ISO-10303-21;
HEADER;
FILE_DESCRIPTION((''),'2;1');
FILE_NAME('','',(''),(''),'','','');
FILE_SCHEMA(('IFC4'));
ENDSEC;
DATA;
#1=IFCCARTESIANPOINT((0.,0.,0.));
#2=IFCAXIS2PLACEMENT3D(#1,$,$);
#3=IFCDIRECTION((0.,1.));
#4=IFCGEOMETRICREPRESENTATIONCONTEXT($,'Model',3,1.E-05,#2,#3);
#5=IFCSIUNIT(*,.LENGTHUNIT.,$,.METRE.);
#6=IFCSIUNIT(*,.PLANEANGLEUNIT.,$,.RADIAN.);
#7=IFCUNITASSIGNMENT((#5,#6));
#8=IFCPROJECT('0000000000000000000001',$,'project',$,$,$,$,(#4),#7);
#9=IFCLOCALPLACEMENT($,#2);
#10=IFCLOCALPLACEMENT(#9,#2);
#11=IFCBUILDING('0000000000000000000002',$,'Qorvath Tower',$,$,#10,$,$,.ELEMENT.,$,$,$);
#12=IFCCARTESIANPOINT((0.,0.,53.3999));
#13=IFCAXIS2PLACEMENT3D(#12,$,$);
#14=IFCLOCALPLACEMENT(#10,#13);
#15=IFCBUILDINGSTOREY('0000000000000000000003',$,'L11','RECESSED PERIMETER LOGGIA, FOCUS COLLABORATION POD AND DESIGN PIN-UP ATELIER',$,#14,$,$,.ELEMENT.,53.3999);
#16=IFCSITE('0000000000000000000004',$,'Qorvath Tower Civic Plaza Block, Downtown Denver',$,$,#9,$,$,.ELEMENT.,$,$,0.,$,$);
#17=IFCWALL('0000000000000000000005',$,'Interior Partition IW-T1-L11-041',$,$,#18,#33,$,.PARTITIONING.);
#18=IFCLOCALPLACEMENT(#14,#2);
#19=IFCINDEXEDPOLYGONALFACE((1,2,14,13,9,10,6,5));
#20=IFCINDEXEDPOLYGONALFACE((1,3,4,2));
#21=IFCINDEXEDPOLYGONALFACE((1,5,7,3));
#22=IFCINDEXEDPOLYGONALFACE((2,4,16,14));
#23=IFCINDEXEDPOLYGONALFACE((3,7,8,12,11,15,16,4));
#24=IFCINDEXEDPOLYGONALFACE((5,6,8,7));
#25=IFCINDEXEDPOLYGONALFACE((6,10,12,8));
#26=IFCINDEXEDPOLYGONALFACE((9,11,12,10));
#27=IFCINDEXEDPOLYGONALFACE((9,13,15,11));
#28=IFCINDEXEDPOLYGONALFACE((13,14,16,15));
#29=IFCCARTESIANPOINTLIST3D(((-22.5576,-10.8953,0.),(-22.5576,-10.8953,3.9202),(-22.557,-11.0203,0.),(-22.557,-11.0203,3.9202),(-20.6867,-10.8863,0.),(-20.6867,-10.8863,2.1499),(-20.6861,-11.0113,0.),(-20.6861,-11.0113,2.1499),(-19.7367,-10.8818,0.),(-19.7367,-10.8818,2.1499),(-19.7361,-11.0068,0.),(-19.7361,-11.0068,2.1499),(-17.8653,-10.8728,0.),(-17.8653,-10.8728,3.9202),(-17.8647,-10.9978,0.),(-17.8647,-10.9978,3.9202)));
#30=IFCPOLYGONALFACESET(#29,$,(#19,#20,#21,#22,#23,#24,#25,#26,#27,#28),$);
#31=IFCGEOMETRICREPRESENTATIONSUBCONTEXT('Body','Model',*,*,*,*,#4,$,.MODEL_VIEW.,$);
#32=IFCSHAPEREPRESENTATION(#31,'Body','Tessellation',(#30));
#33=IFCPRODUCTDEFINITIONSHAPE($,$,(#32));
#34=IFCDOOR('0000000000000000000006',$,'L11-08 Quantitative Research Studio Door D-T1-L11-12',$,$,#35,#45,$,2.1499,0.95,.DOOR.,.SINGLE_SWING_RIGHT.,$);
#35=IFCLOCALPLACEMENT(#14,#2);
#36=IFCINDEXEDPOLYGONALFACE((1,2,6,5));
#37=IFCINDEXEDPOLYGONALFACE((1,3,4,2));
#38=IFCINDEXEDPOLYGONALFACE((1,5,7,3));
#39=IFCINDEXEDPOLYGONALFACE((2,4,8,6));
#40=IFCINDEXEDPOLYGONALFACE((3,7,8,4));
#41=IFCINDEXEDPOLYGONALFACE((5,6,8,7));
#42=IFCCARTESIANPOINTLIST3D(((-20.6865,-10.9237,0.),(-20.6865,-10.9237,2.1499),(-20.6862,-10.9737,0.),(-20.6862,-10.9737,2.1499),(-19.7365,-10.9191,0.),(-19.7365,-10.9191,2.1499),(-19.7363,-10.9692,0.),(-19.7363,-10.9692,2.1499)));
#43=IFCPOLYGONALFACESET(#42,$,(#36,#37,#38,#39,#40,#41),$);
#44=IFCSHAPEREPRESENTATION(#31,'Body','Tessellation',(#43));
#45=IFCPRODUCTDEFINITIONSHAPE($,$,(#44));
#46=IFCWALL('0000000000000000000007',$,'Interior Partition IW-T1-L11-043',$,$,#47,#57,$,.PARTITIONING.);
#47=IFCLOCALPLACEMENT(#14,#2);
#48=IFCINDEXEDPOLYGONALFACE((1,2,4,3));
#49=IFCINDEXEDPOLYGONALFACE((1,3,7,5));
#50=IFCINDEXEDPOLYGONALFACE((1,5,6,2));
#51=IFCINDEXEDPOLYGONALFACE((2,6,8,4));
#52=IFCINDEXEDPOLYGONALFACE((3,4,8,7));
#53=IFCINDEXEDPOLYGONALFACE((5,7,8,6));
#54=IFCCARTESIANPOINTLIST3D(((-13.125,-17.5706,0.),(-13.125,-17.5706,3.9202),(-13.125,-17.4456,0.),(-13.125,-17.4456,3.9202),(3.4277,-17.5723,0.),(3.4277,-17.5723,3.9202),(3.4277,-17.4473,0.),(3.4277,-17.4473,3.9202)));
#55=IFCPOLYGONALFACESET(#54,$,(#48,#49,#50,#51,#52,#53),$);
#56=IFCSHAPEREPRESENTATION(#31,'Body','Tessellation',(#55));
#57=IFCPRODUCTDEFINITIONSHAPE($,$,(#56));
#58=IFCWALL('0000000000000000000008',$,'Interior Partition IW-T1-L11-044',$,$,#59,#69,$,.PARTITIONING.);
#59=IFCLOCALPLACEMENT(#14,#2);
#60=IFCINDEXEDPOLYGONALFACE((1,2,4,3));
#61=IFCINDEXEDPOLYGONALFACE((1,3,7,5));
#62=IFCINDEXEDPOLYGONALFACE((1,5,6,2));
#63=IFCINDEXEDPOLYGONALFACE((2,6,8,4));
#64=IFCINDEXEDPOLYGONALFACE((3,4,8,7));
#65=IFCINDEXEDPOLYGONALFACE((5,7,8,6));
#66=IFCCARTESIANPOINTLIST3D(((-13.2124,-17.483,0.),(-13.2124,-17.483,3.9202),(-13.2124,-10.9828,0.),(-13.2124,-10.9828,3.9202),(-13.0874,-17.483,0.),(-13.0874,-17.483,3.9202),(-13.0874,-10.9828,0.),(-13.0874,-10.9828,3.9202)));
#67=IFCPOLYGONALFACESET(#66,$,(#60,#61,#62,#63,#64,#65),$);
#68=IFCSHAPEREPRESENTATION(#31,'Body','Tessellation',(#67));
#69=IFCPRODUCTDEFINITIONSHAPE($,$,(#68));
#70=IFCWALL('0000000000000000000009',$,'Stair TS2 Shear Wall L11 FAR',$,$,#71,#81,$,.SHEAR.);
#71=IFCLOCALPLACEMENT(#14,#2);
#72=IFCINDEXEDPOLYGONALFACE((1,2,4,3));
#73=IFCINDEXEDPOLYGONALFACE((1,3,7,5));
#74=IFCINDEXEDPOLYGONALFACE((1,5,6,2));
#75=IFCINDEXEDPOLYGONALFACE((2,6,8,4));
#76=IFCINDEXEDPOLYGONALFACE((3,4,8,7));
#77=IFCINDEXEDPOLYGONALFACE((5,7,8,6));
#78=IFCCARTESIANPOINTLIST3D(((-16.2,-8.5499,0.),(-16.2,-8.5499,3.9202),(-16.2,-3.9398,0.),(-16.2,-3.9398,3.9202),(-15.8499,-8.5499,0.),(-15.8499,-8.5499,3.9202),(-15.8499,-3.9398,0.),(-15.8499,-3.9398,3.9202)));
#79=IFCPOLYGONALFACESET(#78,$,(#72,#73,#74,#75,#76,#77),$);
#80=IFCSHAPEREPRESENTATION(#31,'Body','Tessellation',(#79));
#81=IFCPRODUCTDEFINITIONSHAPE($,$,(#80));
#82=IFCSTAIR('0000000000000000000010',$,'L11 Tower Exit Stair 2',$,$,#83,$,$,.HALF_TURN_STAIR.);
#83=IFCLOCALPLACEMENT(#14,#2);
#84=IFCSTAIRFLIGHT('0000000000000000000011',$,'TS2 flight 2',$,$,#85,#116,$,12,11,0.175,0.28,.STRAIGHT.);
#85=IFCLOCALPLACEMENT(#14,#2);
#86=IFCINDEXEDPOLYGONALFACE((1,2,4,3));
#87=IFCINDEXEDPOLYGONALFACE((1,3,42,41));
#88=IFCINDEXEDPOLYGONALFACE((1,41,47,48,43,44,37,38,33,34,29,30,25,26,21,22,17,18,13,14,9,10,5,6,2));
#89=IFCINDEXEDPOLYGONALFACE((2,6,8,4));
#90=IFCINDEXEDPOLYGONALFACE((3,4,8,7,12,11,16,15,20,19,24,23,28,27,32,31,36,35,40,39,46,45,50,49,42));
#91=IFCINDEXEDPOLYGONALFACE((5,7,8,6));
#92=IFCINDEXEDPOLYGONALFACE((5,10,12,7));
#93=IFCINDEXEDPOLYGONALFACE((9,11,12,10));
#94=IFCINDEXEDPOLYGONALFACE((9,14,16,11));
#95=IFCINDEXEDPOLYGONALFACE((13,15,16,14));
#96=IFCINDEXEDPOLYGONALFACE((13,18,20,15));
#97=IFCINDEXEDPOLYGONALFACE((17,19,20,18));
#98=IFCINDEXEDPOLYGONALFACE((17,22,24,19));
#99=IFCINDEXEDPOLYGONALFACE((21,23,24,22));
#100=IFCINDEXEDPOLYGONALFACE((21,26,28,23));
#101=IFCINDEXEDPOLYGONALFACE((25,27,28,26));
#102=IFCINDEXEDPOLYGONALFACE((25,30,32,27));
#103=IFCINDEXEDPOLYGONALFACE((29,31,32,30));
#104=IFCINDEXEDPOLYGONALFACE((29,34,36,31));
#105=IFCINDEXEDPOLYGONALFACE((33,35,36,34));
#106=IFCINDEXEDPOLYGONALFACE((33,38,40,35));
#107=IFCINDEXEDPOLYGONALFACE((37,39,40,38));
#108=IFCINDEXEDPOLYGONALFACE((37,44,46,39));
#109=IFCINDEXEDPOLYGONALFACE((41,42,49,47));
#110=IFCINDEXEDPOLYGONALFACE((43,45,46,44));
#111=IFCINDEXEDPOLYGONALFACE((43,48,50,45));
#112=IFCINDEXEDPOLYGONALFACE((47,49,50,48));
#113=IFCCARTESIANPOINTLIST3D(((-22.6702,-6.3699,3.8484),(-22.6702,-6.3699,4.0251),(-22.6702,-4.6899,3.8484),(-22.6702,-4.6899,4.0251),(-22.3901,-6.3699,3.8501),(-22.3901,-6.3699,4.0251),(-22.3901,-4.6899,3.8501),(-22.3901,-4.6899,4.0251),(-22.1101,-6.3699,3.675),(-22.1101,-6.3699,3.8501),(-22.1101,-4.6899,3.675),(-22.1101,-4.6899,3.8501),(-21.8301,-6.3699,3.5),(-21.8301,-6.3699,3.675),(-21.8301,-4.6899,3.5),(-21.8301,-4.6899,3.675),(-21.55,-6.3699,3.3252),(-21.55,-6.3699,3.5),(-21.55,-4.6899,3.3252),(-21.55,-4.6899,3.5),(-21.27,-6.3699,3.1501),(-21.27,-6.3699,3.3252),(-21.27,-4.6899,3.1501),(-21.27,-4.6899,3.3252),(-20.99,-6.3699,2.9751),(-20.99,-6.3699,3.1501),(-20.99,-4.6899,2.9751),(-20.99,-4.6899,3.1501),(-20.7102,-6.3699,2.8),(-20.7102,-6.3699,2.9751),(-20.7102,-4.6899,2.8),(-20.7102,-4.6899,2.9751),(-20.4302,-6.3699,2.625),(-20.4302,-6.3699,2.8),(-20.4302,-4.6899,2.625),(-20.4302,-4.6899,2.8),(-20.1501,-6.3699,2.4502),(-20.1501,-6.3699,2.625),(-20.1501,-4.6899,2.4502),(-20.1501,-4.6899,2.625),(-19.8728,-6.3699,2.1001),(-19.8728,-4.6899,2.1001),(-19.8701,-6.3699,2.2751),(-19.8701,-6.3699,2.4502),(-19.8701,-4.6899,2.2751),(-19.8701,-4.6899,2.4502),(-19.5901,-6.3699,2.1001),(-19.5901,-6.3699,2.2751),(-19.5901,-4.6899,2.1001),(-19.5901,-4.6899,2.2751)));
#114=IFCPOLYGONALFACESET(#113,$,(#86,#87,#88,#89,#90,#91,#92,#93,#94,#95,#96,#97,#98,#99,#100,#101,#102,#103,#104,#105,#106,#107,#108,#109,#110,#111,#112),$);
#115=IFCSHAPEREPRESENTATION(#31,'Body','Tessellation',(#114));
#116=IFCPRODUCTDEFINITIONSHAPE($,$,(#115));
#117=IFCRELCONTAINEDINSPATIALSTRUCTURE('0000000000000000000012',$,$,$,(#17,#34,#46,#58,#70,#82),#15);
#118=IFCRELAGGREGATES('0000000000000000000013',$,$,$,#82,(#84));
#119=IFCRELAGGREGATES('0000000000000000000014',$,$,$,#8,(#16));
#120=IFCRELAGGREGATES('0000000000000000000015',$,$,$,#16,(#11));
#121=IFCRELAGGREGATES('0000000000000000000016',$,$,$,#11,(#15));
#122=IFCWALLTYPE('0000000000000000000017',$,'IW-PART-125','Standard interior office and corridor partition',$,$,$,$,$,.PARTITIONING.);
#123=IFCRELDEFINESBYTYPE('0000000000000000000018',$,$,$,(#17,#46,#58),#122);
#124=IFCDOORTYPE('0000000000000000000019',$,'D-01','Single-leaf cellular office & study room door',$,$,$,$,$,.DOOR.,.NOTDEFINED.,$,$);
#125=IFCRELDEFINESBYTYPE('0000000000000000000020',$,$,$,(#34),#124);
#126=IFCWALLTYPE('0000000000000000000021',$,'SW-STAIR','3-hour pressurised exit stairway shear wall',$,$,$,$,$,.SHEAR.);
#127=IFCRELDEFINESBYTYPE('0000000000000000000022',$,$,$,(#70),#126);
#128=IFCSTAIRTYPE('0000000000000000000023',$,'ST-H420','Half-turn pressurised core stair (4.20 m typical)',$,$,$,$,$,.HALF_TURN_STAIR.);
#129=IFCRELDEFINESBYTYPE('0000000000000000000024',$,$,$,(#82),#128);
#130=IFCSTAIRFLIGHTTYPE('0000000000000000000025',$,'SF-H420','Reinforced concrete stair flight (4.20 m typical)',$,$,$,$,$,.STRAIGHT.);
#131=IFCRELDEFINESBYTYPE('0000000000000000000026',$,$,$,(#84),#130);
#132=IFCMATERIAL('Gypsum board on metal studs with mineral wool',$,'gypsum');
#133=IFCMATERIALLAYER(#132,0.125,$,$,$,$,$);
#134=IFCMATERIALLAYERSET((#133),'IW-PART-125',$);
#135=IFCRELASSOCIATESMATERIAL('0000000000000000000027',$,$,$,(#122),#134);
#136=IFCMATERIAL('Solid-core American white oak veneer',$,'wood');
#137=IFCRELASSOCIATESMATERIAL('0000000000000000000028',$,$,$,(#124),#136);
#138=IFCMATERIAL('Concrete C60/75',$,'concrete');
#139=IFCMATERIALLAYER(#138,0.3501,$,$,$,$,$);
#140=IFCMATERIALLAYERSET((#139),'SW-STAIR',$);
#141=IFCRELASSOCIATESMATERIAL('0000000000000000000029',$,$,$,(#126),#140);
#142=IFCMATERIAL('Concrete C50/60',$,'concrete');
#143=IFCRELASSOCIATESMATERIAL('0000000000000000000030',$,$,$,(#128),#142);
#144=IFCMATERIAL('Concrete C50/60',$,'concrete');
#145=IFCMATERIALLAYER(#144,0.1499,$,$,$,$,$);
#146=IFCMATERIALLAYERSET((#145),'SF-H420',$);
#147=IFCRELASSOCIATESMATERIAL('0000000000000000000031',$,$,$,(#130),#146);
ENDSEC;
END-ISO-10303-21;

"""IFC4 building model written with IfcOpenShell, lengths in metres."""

from ifc_helpers import new_model, si_unit, direction, frame, frame_2d, origin, place, context, subcontext, project, spatial, polyline, rectangle, outline, extrude, material, layer, layer_set, type_object, element, fill, aggregate, save


model = new_model("IFC4")

# Units and contexts
model_context = context("Model", 3, precision=1e-05, world=origin(), true_north=direction((0.0, 1.0)))
body_context = subcontext(model_context, "Body", "Model", "MODEL_VIEW")
ifc_project = project(units=[si_unit("LENGTHUNIT", "METRE"), si_unit("PLANEANGLEUNIT", "RADIAN")], contexts=[model_context])

# Site, building, storey
site_placement = place(None, origin())
site = spatial("IfcSite", under=ifc_project, at=site_placement, Name="Qorvath Tower Civic Plaza Block, Downtown Denver", CompositionType="ELEMENT", RefElevation=0.0)
building_placement = place(site_placement, origin())
building = spatial("IfcBuilding", under=site, at=building_placement, Name="Qorvath Tower", CompositionType="ELEMENT")
storey_placement = place(building_placement, frame((0.0, 0.0, 53.3999)))
storey = spatial("IfcBuildingStorey", under=building, at=storey_placement, Name="L11", Description="RECESSED PERIMETER LOGGIA, FOCUS COLLABORATION POD AND DESIGN PIN-UP ATELIER", CompositionType="ELEMENT", Elevation=53.3999)

# Wall, opening, door
ifc_material_1 = material(Name="Gypsum board on metal studs with mineral wool", Category="gypsum")
ifc_layer_1 = layer(ifc_material_1, 0.125)
ifc_layer_set_1 = layer_set([ifc_layer_1], Name="IW-PART-125")
wall_type_1 = type_object("IfcWallType", Name="IW-PART-125", Description="Standard interior office and corridor partition", PredefinedType="PARTITIONING", material=ifc_layer_set_1)
wall_1_placement = place(storey_placement, frame((-17.865, -10.9353, 0.0), z_axis=(0.0, 0.0, 1.0), x_axis=(-0.999989, -0.004787, 0.0)))
wall_1 = element("IfcWall", 1, at=wall_1_placement, inside=storey, type_object=wall_type_1, Name="Interior Partition IW-T1-L11-041", PredefinedType="PARTITIONING", context=body_context, shape_type="SweptSolid", body=[
    extrude(rectangle(XDim=4.6924, YDim=0.125, at=frame_2d((2.3462, 0.0))), origin(), (0.0, 0.0, 1.0), 3.9202),
])
opening_1_placement = place(wall_1_placement, frame((1.8713, 0.0, 0.0)))
opening_1 = element("IfcOpeningElement", 2, at=opening_1_placement, cuts=wall_1, PredefinedType="OPENING", context=body_context, shape_type="SweptSolid", body=[
    extrude(rectangle(XDim=0.95, YDim=2.1499, at=frame_2d((0.4751, 1.075))), frame((0.0, 0.0725, 0.0), z_axis=(0.0, -1.0, 0.0), x_axis=(1.0, 0.0, 0.0)), (0.0, 0.0, 1.0), 0.145),
])
ifc_material_2 = material(Name="Solid-core American white oak veneer", Category="wood")
door_type = type_object("IfcDoorType", Name="D-01", Description="Single-leaf cellular office & study room door", OperationType="NOTDEFINED", PredefinedType="DOOR", material=ifc_material_2)
door_1_placement = place(opening_1_placement, origin())
door_1 = element("IfcDoor", 3, at=door_1_placement, inside=storey, type_object=door_type, Name="L11-08 Quantitative Research Studio Door D-T1-L11-12", OperationType="SINGLE_SWING_RIGHT", OverallHeight=2.1499, OverallWidth=0.95, PredefinedType="DOOR", context=body_context, shape_type="SweptSolid", body=[
    extrude(rectangle(XDim=0.95, YDim=2.1499, at=frame_2d((0.4751, 1.075))), frame((0.0, 0.0249, 0.0), z_axis=(0.0, -1.0, 0.0), x_axis=(1.0, 0.0, 0.0)), (0.0, 0.0, 1.0), 0.05),
])
fill(opening_1, door_1)

# Walls
wall_2_placement = place(storey_placement, frame((3.4277, -17.5098, 0.0), z_axis=(0.0, 0.0, 1.0), x_axis=(-1.0, 0.000103, 0.0)))
element("IfcWall", 4, at=wall_2_placement, inside=storey, type_object=wall_type_1, Name="Interior Partition IW-T1-L11-043", PredefinedType="PARTITIONING", context=body_context, shape_type="SweptSolid", body=[
    extrude(rectangle(XDim=16.5527, YDim=0.125, at=frame_2d((8.2764, 0.0))), origin(), (0.0, 0.0, 1.0), 3.9202),
])
wall_3_placement = place(storey_placement, frame((-13.1499, -10.9829, 0.0), z_axis=(0.0, 0.0, 1.0), x_axis=(0.0, -1.0, 0.0)))
element("IfcWall", 5, at=wall_3_placement, inside=storey, type_object=wall_type_1, Name="Interior Partition IW-T1-L11-044", PredefinedType="PARTITIONING", context=body_context, shape_type="SweptSolid", body=[
    extrude(rectangle(XDim=6.5002, YDim=0.125, at=frame_2d((3.25, 0.0))), origin(), (0.0, 0.0, 1.0), 3.9202),
])

# Wall
ifc_material_3 = material(Name="Concrete C60/75", Category="concrete")
ifc_layer_2 = layer(ifc_material_3, 0.3501)
ifc_layer_set_2 = layer_set([ifc_layer_2], Name="SW-STAIR")
wall_type_2 = type_object("IfcWallType", Name="SW-STAIR", Description="3-hour pressurised exit stairway shear wall", PredefinedType="SHEAR", material=ifc_layer_set_2)
wall_4_placement = place(storey_placement, frame((-16.0249, -8.55, 0.0), z_axis=(0.0, 0.0, 1.0), x_axis=(0.0, 1.0, 0.0)))
element("IfcWall", 6, at=wall_4_placement, inside=storey, type_object=wall_type_2, Name="Stair TS2 Shear Wall L11 FAR", PredefinedType="SHEAR", context=body_context, shape_type="SweptSolid", body=[
    extrude(rectangle(XDim=4.6101, YDim=0.3501, at=frame_2d((2.3052, 0.0))), origin(), (0.0, 0.0, 1.0), 3.9202),
])

# Stair, stair flight
ifc_material_4 = material(Name="Concrete C50/60", Category="concrete")
stair_type = type_object("IfcStairType", Name="ST-H420", Description="Half-turn pressurised core stair (4.20 m typical)", PredefinedType="HALF_TURN_STAIR", material=ifc_material_4)
stair_placement = place(storey_placement, origin())
stair = element("IfcStair", 7, at=stair_placement, inside=storey, type_object=stair_type, Name="L11 Tower Exit Stair 2", PredefinedType="HALF_TURN_STAIR")
ifc_material_5 = material(Name="Concrete C50/60", Category="concrete")
ifc_layer_3 = layer(ifc_material_5, 0.1499)
ifc_layer_set_3 = layer_set([ifc_layer_3], Name="SF-H420")
stair_flight_type = type_object("IfcStairFlightType", Name="SF-H420", Description="Reinforced concrete stair flight (4.20 m typical)", PredefinedType="STRAIGHT", material=ifc_layer_set_3)
stair_flight_placement = place(storey_placement, frame((-19.5901, -5.53, 2.1001), z_axis=(0.0, 0.0, 1.0), x_axis=(-1.0, 0.0, 0.0)))
stair_flight = element("IfcStairFlight", 8, at=stair_flight_placement, type_object=stair_flight_type, Name="TS2 flight 2", NumberOfRisers=12, NumberOfTreads=11, PredefinedType="STRAIGHT", RiserHeight=0.175, TreadLength=0.28, context=body_context, shape_type="SweptSolid", body=[
    extrude(outline(polyline([(0.0, 0.0), (0.0, 0.175), (0.28, 0.175), (0.28, 0.3501), (0.5601, 0.3501), (0.5601, 0.5249), (0.8401, 0.5249), (0.8401, 0.7), (1.1201, 0.7), (1.1201, 0.875), (1.3999, 0.875), (1.3999, 1.05), (1.6799, 1.05), (1.6799, 1.2251), (1.96, 1.2251), (1.96, 1.3999), (2.24, 1.3999), (2.24, 1.575), (2.52, 1.575), (2.52, 1.75), (2.8, 1.75), (2.8, 1.925), (3.0801, 1.925), (3.0801, 2.1001), (3.0801, 1.7483), (0.2827, 0.0), (0.0, 0.0)])), frame((0.0, 0.8398, 0.0), z_axis=(0.0, -1.0, 0.0), x_axis=(1.0, 0.0, 0.0)), (0.0, 0.0, 1.0), 1.6799),
])
aggregate(stair, [stair_flight])

save(model, "model.ifc")
